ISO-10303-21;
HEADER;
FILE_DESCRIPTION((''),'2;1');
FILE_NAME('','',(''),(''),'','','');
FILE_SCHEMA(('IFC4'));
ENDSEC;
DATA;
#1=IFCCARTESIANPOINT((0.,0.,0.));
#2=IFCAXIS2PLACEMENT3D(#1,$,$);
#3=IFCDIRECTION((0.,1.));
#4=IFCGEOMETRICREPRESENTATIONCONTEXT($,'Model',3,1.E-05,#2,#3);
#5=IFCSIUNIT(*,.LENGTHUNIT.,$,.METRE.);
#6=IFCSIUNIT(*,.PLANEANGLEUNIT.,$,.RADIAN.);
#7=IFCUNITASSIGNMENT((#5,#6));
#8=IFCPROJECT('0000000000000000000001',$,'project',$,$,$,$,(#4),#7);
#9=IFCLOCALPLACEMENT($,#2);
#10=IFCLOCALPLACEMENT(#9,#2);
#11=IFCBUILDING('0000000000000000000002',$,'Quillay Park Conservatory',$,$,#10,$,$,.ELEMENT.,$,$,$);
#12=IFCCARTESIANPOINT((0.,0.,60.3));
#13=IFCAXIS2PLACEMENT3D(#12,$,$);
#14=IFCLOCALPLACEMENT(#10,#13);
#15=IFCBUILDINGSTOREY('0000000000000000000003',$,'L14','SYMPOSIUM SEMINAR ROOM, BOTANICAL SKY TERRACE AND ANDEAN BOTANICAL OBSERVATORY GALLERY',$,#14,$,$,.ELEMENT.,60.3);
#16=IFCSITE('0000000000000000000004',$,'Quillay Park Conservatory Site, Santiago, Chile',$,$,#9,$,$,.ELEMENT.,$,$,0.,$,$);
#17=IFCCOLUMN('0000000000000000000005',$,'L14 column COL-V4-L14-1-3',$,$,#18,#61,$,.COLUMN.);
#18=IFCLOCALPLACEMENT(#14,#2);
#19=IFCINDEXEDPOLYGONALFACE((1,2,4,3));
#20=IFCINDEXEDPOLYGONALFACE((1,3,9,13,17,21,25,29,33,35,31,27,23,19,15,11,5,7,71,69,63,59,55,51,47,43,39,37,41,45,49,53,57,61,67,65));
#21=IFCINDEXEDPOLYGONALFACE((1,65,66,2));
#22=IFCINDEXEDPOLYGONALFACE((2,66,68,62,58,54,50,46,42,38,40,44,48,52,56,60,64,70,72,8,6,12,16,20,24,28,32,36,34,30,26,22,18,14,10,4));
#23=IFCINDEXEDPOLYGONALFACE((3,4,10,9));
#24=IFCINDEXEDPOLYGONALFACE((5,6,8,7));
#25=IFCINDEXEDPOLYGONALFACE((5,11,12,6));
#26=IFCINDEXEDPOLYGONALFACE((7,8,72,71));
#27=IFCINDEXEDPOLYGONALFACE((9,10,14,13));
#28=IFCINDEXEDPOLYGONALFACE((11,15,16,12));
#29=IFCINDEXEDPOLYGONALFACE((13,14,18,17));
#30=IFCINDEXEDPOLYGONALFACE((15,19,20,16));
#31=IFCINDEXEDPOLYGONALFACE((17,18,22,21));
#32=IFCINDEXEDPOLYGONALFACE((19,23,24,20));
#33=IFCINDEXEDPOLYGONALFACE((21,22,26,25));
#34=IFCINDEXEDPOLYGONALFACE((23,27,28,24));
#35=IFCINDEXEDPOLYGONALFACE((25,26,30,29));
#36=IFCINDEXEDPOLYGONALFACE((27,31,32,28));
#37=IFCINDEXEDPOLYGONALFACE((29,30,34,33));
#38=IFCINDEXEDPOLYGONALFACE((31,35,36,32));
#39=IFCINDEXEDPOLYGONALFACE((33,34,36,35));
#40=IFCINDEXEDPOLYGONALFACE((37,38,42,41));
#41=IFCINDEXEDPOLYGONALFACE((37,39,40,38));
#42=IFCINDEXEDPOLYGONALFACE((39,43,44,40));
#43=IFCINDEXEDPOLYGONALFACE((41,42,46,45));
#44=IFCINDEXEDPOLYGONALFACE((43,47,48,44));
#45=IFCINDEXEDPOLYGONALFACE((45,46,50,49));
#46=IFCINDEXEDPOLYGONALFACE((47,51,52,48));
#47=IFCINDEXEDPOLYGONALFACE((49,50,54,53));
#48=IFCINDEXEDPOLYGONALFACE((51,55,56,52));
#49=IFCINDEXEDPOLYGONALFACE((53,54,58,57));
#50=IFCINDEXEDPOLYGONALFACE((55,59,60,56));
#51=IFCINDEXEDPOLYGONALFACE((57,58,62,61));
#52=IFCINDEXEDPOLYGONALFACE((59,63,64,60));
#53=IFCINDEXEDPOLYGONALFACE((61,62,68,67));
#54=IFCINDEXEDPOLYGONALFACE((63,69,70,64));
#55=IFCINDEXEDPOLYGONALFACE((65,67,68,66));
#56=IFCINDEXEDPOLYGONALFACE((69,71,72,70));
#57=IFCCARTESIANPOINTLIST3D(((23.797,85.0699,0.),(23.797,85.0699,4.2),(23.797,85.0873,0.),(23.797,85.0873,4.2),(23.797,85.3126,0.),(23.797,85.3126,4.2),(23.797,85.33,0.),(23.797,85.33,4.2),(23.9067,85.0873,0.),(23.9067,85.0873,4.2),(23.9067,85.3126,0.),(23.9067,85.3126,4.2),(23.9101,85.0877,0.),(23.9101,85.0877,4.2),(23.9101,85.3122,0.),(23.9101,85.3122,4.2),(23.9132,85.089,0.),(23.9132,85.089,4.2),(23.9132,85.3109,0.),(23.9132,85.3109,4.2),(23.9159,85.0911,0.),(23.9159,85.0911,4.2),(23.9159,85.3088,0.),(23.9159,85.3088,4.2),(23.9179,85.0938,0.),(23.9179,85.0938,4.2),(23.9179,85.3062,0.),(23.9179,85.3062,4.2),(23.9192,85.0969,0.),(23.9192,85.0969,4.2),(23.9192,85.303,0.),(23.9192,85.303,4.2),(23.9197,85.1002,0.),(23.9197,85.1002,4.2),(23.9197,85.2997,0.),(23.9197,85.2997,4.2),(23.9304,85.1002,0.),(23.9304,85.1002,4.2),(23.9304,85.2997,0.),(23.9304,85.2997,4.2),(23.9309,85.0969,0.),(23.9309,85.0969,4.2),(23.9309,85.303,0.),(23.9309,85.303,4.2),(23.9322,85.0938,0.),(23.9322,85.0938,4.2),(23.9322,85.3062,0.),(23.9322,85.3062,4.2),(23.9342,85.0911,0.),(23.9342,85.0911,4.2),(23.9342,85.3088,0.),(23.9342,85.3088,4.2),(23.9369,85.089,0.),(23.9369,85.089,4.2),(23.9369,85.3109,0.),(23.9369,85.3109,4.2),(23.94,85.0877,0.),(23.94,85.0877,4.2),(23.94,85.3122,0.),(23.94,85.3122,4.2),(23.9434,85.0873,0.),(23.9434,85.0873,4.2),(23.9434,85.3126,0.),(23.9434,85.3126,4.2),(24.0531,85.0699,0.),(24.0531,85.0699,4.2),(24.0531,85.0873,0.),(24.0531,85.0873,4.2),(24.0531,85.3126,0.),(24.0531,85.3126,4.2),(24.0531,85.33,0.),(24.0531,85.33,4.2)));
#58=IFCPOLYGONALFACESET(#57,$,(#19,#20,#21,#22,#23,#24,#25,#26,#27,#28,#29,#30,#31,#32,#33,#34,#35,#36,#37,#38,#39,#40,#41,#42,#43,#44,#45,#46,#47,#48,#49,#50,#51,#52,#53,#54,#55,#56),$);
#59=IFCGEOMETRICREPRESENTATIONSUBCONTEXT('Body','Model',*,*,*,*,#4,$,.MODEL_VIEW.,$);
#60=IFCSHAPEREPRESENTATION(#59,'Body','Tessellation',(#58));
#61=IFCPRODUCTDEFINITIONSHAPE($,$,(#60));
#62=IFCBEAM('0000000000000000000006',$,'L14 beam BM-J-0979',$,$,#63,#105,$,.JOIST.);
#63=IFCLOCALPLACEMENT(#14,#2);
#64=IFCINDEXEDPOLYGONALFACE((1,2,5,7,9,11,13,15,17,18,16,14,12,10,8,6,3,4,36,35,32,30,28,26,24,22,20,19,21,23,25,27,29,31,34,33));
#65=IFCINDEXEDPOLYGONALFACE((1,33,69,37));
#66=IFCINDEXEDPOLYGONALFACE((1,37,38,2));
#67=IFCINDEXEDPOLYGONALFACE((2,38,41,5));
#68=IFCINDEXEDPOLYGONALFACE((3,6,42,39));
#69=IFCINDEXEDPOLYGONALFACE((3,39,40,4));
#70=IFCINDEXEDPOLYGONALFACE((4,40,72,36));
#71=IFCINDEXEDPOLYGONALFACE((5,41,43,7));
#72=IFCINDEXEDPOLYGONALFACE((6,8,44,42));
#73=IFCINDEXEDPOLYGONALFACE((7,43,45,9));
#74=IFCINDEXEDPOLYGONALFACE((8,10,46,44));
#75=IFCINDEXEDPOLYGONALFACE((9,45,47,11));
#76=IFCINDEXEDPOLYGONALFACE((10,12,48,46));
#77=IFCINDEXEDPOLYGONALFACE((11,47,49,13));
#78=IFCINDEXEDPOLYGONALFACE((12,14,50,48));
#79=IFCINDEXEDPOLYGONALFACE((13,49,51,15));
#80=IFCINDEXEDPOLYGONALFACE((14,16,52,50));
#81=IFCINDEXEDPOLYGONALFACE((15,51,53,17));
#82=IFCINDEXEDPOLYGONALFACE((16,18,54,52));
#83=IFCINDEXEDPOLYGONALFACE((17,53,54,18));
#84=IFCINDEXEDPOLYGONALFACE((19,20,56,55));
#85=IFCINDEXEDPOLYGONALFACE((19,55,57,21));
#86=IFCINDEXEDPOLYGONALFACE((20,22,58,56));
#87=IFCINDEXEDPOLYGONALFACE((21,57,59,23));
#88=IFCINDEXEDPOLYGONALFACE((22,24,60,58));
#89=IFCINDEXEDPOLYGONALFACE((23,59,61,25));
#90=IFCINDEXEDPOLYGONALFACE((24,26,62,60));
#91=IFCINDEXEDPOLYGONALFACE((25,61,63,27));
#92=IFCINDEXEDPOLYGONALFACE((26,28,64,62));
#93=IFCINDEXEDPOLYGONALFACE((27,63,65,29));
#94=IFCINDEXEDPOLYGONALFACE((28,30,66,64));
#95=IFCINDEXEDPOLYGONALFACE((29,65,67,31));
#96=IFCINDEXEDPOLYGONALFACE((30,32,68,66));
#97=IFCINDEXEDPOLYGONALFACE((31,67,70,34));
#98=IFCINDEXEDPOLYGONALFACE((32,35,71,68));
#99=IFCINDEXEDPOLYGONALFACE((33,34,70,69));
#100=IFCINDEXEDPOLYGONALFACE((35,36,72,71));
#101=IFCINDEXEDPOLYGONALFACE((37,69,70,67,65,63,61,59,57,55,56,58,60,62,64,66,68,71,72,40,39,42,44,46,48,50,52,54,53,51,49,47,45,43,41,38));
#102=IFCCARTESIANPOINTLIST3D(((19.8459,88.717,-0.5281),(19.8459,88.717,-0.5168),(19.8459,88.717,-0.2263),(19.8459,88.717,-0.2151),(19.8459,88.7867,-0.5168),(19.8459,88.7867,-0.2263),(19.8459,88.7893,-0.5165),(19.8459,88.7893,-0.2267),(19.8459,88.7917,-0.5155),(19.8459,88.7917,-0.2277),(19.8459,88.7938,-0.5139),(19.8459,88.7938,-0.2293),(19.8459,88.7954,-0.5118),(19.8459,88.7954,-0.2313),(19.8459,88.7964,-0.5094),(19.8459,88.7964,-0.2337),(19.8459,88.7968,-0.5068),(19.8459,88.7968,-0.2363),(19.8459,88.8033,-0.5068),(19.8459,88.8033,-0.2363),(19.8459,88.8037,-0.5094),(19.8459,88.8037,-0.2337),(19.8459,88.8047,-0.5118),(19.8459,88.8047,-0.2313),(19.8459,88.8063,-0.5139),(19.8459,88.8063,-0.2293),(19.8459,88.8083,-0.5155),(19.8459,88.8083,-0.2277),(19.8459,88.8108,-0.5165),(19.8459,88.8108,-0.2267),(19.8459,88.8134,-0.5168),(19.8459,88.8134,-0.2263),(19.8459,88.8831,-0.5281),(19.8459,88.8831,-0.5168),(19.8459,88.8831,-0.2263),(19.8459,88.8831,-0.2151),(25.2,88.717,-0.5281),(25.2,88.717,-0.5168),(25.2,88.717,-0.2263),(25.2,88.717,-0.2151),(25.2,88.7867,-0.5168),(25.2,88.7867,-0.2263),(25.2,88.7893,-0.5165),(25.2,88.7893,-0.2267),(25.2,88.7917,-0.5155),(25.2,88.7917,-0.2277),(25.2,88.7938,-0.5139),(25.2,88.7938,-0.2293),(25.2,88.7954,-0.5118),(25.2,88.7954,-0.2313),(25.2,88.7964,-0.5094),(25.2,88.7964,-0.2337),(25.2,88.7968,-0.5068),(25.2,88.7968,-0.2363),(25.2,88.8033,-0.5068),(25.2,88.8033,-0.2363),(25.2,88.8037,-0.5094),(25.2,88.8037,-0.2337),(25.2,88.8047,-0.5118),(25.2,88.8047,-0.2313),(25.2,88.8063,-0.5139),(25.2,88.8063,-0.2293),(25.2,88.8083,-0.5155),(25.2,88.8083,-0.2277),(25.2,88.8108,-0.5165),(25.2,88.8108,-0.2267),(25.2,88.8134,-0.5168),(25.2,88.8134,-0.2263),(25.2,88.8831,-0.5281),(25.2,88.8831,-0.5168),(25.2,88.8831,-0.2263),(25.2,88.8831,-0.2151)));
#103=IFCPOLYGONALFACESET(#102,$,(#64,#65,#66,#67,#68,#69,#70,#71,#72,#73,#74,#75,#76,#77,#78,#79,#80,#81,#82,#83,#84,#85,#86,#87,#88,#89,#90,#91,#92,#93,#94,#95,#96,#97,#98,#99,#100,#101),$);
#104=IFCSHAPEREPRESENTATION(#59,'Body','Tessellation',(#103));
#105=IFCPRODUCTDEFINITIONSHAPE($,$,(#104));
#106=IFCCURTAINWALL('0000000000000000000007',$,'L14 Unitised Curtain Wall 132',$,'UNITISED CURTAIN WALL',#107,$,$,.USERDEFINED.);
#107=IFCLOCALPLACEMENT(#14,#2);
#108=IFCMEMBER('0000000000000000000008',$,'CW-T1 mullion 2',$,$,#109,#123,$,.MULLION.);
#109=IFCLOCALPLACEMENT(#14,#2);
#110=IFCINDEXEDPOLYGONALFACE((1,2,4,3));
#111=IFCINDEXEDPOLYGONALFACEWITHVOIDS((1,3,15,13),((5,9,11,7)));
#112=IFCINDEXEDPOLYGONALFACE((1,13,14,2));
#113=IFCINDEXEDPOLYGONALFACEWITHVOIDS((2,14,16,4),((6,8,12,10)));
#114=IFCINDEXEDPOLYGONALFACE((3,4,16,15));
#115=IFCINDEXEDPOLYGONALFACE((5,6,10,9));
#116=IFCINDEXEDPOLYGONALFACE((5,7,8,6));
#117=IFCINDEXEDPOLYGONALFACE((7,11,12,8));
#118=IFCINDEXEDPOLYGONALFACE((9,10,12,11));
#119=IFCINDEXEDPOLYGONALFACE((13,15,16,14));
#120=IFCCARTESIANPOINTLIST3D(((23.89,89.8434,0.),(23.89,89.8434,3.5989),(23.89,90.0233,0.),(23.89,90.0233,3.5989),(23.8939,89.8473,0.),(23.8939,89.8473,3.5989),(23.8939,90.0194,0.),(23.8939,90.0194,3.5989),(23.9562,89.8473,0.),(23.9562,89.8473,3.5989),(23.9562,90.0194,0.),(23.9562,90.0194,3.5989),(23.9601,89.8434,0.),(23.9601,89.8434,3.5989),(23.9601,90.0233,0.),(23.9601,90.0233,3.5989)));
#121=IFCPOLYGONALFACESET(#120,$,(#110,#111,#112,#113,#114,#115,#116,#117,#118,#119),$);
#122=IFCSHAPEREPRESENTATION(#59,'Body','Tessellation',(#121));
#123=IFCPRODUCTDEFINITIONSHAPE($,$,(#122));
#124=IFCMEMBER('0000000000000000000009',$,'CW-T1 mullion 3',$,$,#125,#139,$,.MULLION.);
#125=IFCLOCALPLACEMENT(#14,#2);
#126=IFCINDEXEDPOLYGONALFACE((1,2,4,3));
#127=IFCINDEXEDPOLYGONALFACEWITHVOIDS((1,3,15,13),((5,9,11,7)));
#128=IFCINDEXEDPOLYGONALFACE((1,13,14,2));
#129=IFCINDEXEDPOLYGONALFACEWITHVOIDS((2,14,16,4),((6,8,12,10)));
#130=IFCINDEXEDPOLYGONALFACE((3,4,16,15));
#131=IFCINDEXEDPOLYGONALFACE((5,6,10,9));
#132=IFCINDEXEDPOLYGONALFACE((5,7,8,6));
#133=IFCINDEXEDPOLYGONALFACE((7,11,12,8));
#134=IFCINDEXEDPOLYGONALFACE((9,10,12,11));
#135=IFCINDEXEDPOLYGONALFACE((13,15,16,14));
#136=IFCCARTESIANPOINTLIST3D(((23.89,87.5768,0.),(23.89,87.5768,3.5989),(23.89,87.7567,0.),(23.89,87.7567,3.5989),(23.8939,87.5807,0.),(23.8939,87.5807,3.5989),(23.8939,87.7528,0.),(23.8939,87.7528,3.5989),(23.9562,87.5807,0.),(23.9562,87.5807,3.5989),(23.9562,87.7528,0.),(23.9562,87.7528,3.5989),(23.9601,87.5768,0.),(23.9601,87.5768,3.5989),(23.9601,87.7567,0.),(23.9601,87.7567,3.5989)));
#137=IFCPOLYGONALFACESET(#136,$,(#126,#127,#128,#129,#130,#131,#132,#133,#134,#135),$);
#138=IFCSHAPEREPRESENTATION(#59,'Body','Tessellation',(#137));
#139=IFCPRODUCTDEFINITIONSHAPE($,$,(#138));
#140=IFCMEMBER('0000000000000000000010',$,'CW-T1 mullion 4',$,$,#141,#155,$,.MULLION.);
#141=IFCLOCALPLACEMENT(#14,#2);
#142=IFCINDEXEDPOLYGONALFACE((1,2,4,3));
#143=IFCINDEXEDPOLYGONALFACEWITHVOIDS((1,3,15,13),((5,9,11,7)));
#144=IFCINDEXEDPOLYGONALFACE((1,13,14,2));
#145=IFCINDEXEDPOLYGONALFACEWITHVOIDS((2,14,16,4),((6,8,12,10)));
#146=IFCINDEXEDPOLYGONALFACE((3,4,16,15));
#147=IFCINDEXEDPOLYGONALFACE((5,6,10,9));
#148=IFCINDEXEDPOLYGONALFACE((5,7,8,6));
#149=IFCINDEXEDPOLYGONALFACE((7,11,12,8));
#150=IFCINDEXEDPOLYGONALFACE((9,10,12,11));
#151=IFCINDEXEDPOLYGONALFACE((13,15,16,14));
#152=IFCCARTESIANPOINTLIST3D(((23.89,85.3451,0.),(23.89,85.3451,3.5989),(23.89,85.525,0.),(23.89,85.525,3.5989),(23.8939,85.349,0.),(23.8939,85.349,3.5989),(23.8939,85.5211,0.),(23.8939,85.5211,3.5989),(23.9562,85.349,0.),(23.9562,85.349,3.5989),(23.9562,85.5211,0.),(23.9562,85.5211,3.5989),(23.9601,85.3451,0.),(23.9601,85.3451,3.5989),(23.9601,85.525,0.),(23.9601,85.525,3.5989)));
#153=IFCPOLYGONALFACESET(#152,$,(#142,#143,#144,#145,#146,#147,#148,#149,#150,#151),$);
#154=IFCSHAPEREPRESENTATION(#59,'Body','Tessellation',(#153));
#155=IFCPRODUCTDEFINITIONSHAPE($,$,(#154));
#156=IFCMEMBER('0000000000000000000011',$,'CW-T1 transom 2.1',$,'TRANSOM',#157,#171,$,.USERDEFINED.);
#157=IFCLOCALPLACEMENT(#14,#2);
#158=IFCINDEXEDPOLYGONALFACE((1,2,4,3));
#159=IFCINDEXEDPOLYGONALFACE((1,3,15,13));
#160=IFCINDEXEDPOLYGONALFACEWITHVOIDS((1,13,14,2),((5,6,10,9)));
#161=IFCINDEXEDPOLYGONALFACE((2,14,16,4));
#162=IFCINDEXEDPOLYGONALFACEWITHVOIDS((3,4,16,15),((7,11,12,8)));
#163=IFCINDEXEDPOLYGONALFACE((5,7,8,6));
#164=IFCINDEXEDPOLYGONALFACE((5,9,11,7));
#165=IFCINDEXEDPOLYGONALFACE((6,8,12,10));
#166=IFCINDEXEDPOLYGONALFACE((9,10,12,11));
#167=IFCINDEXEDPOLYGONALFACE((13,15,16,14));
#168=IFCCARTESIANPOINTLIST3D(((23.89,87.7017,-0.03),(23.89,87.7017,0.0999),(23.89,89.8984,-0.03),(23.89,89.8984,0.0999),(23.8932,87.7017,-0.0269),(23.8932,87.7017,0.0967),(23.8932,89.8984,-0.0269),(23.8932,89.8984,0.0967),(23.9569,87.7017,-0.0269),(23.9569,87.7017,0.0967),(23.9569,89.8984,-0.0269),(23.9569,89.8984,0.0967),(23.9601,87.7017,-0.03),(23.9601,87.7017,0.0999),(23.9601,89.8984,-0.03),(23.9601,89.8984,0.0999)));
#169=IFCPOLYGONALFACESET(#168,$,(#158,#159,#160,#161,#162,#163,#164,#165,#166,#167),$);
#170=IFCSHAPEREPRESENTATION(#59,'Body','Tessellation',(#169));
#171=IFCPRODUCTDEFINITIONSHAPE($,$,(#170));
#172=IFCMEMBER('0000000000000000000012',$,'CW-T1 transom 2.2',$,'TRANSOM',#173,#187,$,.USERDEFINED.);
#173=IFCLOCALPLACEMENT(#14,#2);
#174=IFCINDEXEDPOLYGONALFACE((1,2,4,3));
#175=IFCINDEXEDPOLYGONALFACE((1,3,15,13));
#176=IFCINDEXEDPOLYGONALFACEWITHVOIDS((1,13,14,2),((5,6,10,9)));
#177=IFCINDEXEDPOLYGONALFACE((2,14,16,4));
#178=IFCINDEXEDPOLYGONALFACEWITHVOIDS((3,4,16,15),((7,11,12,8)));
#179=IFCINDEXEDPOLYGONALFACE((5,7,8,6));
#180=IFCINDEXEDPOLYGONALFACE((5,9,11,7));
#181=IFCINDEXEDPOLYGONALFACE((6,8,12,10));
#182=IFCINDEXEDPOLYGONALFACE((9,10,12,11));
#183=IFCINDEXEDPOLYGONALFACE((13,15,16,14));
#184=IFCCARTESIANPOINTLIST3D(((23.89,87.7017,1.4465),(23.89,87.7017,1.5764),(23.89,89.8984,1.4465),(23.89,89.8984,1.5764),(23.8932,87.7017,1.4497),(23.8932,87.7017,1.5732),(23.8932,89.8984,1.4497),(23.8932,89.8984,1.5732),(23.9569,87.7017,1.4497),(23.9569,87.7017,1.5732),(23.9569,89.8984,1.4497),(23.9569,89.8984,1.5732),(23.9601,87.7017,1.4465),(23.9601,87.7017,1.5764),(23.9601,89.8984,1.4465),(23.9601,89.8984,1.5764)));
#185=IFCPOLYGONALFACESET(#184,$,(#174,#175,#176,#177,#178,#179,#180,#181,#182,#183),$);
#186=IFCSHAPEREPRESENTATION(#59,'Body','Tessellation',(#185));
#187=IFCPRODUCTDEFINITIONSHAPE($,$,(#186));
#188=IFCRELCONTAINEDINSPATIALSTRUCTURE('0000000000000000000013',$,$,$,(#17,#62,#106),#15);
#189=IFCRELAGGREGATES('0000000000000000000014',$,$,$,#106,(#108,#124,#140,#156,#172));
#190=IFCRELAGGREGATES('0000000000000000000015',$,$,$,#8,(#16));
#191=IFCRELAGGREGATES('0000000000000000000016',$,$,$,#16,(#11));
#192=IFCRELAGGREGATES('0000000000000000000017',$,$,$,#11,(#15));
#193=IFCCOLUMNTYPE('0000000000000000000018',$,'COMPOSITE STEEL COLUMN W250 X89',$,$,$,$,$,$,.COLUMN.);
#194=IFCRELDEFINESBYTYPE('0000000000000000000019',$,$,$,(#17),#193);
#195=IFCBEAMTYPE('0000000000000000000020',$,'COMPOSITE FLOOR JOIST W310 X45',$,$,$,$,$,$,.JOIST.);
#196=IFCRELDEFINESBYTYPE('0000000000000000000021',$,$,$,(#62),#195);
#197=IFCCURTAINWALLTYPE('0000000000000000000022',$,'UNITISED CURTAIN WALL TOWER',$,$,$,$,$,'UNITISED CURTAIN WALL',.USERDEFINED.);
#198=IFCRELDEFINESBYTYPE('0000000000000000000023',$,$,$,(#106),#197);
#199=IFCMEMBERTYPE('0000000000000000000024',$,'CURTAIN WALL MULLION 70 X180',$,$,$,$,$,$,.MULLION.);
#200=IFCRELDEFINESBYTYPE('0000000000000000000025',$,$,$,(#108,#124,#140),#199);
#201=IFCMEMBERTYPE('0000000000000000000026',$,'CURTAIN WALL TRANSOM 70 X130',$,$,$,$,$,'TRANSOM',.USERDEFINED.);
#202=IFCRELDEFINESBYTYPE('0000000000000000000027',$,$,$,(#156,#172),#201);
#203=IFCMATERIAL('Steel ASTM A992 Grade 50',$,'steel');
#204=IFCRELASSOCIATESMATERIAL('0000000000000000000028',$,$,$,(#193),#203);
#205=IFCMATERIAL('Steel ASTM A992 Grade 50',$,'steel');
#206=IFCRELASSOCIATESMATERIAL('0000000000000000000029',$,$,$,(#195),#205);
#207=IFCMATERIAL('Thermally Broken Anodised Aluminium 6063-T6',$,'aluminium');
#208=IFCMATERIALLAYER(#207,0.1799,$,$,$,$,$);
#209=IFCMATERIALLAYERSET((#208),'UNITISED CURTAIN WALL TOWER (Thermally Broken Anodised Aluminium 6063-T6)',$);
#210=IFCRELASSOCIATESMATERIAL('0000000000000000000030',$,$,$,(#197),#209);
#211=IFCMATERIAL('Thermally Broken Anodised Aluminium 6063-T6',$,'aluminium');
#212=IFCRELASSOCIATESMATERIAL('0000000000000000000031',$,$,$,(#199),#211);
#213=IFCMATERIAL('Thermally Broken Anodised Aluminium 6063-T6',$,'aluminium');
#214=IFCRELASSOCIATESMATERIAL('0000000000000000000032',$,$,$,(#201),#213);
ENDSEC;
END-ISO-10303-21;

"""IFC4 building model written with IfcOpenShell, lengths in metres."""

from ifc_helpers import new_model, si_unit, direction, frame, origin, origin_2d, place, context, subcontext, project, spatial, hollow_rectangle, i_section, extrude, material, layer, layer_set, material_profile, profile_set, type_object, element, aggregate, save


model = new_model("IFC4")

# Units and contexts
model_context = context("Model", 3, precision=1e-05, world=origin(), true_north=direction((0.0, 1.0)))
body_context = subcontext(model_context, "Body", "Model", "MODEL_VIEW")
ifc_project = project(units=[si_unit("LENGTHUNIT", "METRE"), si_unit("PLANEANGLEUNIT", "RADIAN")], contexts=[model_context])

# Site, building, storey
site_placement = place(None, origin())
site = spatial("IfcSite", under=ifc_project, at=site_placement, Name="Quillay Park Conservatory Site, Santiago, Chile", CompositionType="ELEMENT", RefElevation=0.0)
building_placement = place(site_placement, origin())
building = spatial("IfcBuilding", under=site, at=building_placement, Name="Quillay Park Conservatory", CompositionType="ELEMENT")
storey_placement = place(building_placement, frame((0.0, 0.0, 60.3)))
storey = spatial("IfcBuildingStorey", under=building, at=storey_placement, Name="L14", Description="SYMPOSIUM SEMINAR ROOM, BOTANICAL SKY TERRACE AND ANDEAN BOTANICAL OBSERVATORY GALLERY", CompositionType="ELEMENT", Elevation=60.3)

# Column
ifc_material_1 = material(Name="Steel ASTM A992 Grade 50", Category="steel")
ifc_material_profile_1 = material_profile(ifc_material_1, i_section(OverallWidth=0.2561, OverallDepth=0.26, WebThickness=0.0107, FlangeThickness=0.0173, FilletRadius=0.0129, at=origin_2d()), Name="W250x89")
ifc_profile_set_1 = profile_set([ifc_material_profile_1], Name="Steel ASTM A992 Grade 50")
column_type = type_object("IfcColumnType", Name="COMPOSITE STEEL COLUMN W250 X89", PredefinedType="COLUMN", material=ifc_profile_set_1)
column_placement = place(storey_placement, frame((23.925, 85.2, 0.0), z_axis=(0.0, 0.0, 1.0), x_axis=(1.0, 0.0, 0.0)))
element("IfcColumn", 1, at=column_placement, inside=storey, type_object=column_type, Name="L14 column COL-V4-L14-1-3", PredefinedType="COLUMN", context=body_context, shape_type="SweptSolid", body=[
    extrude(i_section(OverallWidth=0.2561, OverallDepth=0.26, WebThickness=0.0107, FlangeThickness=0.0173, FilletRadius=0.0129, at=origin_2d()), origin(), (0.0, 0.0, 1.0), 4.2),
])

# Beam
ifc_material_2 = material(Name="Steel ASTM A992 Grade 50", Category="steel")
ifc_material_profile_2 = material_profile(ifc_material_2, i_section(OverallWidth=0.166, OverallDepth=0.313, WebThickness=0.0066, FlangeThickness=0.0112, FilletRadius=0.01, at=origin_2d()), Name="W310x45")
ifc_profile_set_2 = profile_set([ifc_material_profile_2], Name="Steel ASTM A992 Grade 50")
beam_type_1 = type_object("IfcBeamType", Name="COMPOSITE FLOOR JOIST W310 X45", PredefinedType="JOIST", material=ifc_profile_set_2)
beam_1_placement = place(storey_placement, frame((19.8459, 88.8, -0.3716), z_axis=(1.0, 0.0, 0.0), x_axis=(0.0, 1.0, 0.0)))
element("IfcBeam", 2, at=beam_1_placement, inside=storey, type_object=beam_type_1, Name="L14 beam BM-J-0979", PredefinedType="JOIST", context=body_context, shape_type="SweptSolid", body=[
    extrude(i_section(OverallWidth=0.166, OverallDepth=0.313, WebThickness=0.0066, FlangeThickness=0.0112, FilletRadius=0.01, at=origin_2d()), origin(), (0.0, 0.0, 1.0), 5.354),
])

# Curtain wall, members
ifc_material_3 = material(Name="Thermally Broken Anodised Aluminium 6063-T6", Category="aluminium")
ifc_layer_1 = layer(ifc_material_3, 0.1799)
ifc_layer_set_1 = layer_set([ifc_layer_1], Name="UNITISED CURTAIN WALL TOWER (Thermally Broken Anodised Aluminium 6063-T6)")
curtain_wall_type = type_object("IfcCurtainWallType", Name="UNITISED CURTAIN WALL TOWER", ElementType="UNITISED CURTAIN WALL", PredefinedType="USERDEFINED", material=ifc_layer_set_1)
curtain_wall_placement = place(storey_placement, origin())
curtain_wall = element("IfcCurtainWall", 3, at=curtain_wall_placement, inside=storey, type_object=curtain_wall_type, Name="L14 Unitised Curtain Wall 132", ObjectType="UNITISED CURTAIN WALL", PredefinedType="USERDEFINED")
ifc_material_4 = material(Name="Thermally Broken Anodised Aluminium 6063-T6", Category="aluminium")
ifc_material_profile_3 = material_profile(ifc_material_4, hollow_rectangle(XDim=0.0701, YDim=0.1799, WallThickness=0.0039, at=origin_2d()), Name="AL70x180x4")
ifc_profile_set_3 = profile_set([ifc_material_profile_3], Name="Thermally Broken Anodised Aluminium 6063-T6")
member_type_1 = type_object("IfcMemberType", Name="CURTAIN WALL MULLION 70 X180", PredefinedType="MULLION", material=ifc_profile_set_3)
member_1_placement = place(storey_placement, frame((23.925, 89.9333, 0.0), z_axis=(0.0, 0.0, 1.0), x_axis=(1.0, 0.0, 0.0)))
member_1 = element("IfcMember", 4, at=member_1_placement, type_object=member_type_1, Name="CW-T1 mullion 2", PredefinedType="MULLION", context=body_context, shape_type="SweptSolid", body=[
    extrude(hollow_rectangle(XDim=0.0701, YDim=0.1799, WallThickness=0.0039, at=origin_2d()), origin(), (0.0, 0.0, 1.0), 3.5989),
])
member_2_placement = place(storey_placement, frame((23.925, 87.6667, 0.0), z_axis=(0.0, 0.0, 1.0), x_axis=(1.0, 0.0, 0.0)))
member_2 = element("IfcMember", 5, at=member_2_placement, type_object=member_type_1, Name="CW-T1 mullion 3", PredefinedType="MULLION", context=body_context, shape_type="SweptSolid", body=[
    extrude(hollow_rectangle(XDim=0.0701, YDim=0.1799, WallThickness=0.0039, at=origin_2d()), origin(), (0.0, 0.0, 1.0), 3.5989),
])
member_3_placement = place(storey_placement, frame((23.925, 85.4351, 0.0), z_axis=(0.0, 0.0, 1.0), x_axis=(1.0, 0.0, 0.0)))
member_3 = element("IfcMember", 6, at=member_3_placement, type_object=member_type_1, Name="CW-T1 mullion 4", PredefinedType="MULLION", context=body_context, shape_type="SweptSolid", body=[
    extrude(hollow_rectangle(XDim=0.0701, YDim=0.1799, WallThickness=0.0039, at=origin_2d()), origin(), (0.0, 0.0, 1.0), 3.5989),
])
ifc_material_5 = material(Name="Thermally Broken Anodised Aluminium 6063-T6", Category="aluminium")
ifc_material_profile_4 = material_profile(ifc_material_5, hollow_rectangle(XDim=0.0701, YDim=0.1299, WallThickness=0.0032, at=origin_2d()), Name="AL70x130x3.2")
ifc_profile_set_4 = profile_set([ifc_material_profile_4], Name="Thermally Broken Anodised Aluminium 6063-T6")
member_type_2 = type_object("IfcMemberType", Name="CURTAIN WALL TRANSOM 70 X130", ElementType="TRANSOM", PredefinedType="USERDEFINED", material=ifc_profile_set_4)
member_4_placement = place(storey_placement, frame((23.925, 89.8984, 0.0349), z_axis=(0.0, -1.0, 0.0), x_axis=(1.0, 0.0, 0.0)))
member_4 = element("IfcMember", 7, at=member_4_placement, type_object=member_type_2, Name="CW-T1 transom 2.1", ObjectType="TRANSOM", PredefinedType="USERDEFINED", context=body_context, shape_type="SweptSolid", body=[
    extrude(hollow_rectangle(XDim=0.0701, YDim=0.1299, WallThickness=0.0032, at=origin_2d()), origin(), (0.0, 0.0, 1.0), 2.1968),
])
member_5_placement = place(storey_placement, frame((23.925, 89.8984, 1.5115), z_axis=(0.0, -1.0, 0.0), x_axis=(1.0, 0.0, 0.0)))
member_5 = element("IfcMember", 8, at=member_5_placement, type_object=member_type_2, Name="CW-T1 transom 2.2", ObjectType="TRANSOM", PredefinedType="USERDEFINED", context=body_context, shape_type="SweptSolid", body=[
    extrude(hollow_rectangle(XDim=0.0701, YDim=0.1299, WallThickness=0.0032, at=origin_2d()), origin(), (0.0, 0.0, 1.0), 2.1968),
])

aggregate(curtain_wall, [member_1, member_2, member_3, member_4, member_5])

save(model, "model.ifc")
